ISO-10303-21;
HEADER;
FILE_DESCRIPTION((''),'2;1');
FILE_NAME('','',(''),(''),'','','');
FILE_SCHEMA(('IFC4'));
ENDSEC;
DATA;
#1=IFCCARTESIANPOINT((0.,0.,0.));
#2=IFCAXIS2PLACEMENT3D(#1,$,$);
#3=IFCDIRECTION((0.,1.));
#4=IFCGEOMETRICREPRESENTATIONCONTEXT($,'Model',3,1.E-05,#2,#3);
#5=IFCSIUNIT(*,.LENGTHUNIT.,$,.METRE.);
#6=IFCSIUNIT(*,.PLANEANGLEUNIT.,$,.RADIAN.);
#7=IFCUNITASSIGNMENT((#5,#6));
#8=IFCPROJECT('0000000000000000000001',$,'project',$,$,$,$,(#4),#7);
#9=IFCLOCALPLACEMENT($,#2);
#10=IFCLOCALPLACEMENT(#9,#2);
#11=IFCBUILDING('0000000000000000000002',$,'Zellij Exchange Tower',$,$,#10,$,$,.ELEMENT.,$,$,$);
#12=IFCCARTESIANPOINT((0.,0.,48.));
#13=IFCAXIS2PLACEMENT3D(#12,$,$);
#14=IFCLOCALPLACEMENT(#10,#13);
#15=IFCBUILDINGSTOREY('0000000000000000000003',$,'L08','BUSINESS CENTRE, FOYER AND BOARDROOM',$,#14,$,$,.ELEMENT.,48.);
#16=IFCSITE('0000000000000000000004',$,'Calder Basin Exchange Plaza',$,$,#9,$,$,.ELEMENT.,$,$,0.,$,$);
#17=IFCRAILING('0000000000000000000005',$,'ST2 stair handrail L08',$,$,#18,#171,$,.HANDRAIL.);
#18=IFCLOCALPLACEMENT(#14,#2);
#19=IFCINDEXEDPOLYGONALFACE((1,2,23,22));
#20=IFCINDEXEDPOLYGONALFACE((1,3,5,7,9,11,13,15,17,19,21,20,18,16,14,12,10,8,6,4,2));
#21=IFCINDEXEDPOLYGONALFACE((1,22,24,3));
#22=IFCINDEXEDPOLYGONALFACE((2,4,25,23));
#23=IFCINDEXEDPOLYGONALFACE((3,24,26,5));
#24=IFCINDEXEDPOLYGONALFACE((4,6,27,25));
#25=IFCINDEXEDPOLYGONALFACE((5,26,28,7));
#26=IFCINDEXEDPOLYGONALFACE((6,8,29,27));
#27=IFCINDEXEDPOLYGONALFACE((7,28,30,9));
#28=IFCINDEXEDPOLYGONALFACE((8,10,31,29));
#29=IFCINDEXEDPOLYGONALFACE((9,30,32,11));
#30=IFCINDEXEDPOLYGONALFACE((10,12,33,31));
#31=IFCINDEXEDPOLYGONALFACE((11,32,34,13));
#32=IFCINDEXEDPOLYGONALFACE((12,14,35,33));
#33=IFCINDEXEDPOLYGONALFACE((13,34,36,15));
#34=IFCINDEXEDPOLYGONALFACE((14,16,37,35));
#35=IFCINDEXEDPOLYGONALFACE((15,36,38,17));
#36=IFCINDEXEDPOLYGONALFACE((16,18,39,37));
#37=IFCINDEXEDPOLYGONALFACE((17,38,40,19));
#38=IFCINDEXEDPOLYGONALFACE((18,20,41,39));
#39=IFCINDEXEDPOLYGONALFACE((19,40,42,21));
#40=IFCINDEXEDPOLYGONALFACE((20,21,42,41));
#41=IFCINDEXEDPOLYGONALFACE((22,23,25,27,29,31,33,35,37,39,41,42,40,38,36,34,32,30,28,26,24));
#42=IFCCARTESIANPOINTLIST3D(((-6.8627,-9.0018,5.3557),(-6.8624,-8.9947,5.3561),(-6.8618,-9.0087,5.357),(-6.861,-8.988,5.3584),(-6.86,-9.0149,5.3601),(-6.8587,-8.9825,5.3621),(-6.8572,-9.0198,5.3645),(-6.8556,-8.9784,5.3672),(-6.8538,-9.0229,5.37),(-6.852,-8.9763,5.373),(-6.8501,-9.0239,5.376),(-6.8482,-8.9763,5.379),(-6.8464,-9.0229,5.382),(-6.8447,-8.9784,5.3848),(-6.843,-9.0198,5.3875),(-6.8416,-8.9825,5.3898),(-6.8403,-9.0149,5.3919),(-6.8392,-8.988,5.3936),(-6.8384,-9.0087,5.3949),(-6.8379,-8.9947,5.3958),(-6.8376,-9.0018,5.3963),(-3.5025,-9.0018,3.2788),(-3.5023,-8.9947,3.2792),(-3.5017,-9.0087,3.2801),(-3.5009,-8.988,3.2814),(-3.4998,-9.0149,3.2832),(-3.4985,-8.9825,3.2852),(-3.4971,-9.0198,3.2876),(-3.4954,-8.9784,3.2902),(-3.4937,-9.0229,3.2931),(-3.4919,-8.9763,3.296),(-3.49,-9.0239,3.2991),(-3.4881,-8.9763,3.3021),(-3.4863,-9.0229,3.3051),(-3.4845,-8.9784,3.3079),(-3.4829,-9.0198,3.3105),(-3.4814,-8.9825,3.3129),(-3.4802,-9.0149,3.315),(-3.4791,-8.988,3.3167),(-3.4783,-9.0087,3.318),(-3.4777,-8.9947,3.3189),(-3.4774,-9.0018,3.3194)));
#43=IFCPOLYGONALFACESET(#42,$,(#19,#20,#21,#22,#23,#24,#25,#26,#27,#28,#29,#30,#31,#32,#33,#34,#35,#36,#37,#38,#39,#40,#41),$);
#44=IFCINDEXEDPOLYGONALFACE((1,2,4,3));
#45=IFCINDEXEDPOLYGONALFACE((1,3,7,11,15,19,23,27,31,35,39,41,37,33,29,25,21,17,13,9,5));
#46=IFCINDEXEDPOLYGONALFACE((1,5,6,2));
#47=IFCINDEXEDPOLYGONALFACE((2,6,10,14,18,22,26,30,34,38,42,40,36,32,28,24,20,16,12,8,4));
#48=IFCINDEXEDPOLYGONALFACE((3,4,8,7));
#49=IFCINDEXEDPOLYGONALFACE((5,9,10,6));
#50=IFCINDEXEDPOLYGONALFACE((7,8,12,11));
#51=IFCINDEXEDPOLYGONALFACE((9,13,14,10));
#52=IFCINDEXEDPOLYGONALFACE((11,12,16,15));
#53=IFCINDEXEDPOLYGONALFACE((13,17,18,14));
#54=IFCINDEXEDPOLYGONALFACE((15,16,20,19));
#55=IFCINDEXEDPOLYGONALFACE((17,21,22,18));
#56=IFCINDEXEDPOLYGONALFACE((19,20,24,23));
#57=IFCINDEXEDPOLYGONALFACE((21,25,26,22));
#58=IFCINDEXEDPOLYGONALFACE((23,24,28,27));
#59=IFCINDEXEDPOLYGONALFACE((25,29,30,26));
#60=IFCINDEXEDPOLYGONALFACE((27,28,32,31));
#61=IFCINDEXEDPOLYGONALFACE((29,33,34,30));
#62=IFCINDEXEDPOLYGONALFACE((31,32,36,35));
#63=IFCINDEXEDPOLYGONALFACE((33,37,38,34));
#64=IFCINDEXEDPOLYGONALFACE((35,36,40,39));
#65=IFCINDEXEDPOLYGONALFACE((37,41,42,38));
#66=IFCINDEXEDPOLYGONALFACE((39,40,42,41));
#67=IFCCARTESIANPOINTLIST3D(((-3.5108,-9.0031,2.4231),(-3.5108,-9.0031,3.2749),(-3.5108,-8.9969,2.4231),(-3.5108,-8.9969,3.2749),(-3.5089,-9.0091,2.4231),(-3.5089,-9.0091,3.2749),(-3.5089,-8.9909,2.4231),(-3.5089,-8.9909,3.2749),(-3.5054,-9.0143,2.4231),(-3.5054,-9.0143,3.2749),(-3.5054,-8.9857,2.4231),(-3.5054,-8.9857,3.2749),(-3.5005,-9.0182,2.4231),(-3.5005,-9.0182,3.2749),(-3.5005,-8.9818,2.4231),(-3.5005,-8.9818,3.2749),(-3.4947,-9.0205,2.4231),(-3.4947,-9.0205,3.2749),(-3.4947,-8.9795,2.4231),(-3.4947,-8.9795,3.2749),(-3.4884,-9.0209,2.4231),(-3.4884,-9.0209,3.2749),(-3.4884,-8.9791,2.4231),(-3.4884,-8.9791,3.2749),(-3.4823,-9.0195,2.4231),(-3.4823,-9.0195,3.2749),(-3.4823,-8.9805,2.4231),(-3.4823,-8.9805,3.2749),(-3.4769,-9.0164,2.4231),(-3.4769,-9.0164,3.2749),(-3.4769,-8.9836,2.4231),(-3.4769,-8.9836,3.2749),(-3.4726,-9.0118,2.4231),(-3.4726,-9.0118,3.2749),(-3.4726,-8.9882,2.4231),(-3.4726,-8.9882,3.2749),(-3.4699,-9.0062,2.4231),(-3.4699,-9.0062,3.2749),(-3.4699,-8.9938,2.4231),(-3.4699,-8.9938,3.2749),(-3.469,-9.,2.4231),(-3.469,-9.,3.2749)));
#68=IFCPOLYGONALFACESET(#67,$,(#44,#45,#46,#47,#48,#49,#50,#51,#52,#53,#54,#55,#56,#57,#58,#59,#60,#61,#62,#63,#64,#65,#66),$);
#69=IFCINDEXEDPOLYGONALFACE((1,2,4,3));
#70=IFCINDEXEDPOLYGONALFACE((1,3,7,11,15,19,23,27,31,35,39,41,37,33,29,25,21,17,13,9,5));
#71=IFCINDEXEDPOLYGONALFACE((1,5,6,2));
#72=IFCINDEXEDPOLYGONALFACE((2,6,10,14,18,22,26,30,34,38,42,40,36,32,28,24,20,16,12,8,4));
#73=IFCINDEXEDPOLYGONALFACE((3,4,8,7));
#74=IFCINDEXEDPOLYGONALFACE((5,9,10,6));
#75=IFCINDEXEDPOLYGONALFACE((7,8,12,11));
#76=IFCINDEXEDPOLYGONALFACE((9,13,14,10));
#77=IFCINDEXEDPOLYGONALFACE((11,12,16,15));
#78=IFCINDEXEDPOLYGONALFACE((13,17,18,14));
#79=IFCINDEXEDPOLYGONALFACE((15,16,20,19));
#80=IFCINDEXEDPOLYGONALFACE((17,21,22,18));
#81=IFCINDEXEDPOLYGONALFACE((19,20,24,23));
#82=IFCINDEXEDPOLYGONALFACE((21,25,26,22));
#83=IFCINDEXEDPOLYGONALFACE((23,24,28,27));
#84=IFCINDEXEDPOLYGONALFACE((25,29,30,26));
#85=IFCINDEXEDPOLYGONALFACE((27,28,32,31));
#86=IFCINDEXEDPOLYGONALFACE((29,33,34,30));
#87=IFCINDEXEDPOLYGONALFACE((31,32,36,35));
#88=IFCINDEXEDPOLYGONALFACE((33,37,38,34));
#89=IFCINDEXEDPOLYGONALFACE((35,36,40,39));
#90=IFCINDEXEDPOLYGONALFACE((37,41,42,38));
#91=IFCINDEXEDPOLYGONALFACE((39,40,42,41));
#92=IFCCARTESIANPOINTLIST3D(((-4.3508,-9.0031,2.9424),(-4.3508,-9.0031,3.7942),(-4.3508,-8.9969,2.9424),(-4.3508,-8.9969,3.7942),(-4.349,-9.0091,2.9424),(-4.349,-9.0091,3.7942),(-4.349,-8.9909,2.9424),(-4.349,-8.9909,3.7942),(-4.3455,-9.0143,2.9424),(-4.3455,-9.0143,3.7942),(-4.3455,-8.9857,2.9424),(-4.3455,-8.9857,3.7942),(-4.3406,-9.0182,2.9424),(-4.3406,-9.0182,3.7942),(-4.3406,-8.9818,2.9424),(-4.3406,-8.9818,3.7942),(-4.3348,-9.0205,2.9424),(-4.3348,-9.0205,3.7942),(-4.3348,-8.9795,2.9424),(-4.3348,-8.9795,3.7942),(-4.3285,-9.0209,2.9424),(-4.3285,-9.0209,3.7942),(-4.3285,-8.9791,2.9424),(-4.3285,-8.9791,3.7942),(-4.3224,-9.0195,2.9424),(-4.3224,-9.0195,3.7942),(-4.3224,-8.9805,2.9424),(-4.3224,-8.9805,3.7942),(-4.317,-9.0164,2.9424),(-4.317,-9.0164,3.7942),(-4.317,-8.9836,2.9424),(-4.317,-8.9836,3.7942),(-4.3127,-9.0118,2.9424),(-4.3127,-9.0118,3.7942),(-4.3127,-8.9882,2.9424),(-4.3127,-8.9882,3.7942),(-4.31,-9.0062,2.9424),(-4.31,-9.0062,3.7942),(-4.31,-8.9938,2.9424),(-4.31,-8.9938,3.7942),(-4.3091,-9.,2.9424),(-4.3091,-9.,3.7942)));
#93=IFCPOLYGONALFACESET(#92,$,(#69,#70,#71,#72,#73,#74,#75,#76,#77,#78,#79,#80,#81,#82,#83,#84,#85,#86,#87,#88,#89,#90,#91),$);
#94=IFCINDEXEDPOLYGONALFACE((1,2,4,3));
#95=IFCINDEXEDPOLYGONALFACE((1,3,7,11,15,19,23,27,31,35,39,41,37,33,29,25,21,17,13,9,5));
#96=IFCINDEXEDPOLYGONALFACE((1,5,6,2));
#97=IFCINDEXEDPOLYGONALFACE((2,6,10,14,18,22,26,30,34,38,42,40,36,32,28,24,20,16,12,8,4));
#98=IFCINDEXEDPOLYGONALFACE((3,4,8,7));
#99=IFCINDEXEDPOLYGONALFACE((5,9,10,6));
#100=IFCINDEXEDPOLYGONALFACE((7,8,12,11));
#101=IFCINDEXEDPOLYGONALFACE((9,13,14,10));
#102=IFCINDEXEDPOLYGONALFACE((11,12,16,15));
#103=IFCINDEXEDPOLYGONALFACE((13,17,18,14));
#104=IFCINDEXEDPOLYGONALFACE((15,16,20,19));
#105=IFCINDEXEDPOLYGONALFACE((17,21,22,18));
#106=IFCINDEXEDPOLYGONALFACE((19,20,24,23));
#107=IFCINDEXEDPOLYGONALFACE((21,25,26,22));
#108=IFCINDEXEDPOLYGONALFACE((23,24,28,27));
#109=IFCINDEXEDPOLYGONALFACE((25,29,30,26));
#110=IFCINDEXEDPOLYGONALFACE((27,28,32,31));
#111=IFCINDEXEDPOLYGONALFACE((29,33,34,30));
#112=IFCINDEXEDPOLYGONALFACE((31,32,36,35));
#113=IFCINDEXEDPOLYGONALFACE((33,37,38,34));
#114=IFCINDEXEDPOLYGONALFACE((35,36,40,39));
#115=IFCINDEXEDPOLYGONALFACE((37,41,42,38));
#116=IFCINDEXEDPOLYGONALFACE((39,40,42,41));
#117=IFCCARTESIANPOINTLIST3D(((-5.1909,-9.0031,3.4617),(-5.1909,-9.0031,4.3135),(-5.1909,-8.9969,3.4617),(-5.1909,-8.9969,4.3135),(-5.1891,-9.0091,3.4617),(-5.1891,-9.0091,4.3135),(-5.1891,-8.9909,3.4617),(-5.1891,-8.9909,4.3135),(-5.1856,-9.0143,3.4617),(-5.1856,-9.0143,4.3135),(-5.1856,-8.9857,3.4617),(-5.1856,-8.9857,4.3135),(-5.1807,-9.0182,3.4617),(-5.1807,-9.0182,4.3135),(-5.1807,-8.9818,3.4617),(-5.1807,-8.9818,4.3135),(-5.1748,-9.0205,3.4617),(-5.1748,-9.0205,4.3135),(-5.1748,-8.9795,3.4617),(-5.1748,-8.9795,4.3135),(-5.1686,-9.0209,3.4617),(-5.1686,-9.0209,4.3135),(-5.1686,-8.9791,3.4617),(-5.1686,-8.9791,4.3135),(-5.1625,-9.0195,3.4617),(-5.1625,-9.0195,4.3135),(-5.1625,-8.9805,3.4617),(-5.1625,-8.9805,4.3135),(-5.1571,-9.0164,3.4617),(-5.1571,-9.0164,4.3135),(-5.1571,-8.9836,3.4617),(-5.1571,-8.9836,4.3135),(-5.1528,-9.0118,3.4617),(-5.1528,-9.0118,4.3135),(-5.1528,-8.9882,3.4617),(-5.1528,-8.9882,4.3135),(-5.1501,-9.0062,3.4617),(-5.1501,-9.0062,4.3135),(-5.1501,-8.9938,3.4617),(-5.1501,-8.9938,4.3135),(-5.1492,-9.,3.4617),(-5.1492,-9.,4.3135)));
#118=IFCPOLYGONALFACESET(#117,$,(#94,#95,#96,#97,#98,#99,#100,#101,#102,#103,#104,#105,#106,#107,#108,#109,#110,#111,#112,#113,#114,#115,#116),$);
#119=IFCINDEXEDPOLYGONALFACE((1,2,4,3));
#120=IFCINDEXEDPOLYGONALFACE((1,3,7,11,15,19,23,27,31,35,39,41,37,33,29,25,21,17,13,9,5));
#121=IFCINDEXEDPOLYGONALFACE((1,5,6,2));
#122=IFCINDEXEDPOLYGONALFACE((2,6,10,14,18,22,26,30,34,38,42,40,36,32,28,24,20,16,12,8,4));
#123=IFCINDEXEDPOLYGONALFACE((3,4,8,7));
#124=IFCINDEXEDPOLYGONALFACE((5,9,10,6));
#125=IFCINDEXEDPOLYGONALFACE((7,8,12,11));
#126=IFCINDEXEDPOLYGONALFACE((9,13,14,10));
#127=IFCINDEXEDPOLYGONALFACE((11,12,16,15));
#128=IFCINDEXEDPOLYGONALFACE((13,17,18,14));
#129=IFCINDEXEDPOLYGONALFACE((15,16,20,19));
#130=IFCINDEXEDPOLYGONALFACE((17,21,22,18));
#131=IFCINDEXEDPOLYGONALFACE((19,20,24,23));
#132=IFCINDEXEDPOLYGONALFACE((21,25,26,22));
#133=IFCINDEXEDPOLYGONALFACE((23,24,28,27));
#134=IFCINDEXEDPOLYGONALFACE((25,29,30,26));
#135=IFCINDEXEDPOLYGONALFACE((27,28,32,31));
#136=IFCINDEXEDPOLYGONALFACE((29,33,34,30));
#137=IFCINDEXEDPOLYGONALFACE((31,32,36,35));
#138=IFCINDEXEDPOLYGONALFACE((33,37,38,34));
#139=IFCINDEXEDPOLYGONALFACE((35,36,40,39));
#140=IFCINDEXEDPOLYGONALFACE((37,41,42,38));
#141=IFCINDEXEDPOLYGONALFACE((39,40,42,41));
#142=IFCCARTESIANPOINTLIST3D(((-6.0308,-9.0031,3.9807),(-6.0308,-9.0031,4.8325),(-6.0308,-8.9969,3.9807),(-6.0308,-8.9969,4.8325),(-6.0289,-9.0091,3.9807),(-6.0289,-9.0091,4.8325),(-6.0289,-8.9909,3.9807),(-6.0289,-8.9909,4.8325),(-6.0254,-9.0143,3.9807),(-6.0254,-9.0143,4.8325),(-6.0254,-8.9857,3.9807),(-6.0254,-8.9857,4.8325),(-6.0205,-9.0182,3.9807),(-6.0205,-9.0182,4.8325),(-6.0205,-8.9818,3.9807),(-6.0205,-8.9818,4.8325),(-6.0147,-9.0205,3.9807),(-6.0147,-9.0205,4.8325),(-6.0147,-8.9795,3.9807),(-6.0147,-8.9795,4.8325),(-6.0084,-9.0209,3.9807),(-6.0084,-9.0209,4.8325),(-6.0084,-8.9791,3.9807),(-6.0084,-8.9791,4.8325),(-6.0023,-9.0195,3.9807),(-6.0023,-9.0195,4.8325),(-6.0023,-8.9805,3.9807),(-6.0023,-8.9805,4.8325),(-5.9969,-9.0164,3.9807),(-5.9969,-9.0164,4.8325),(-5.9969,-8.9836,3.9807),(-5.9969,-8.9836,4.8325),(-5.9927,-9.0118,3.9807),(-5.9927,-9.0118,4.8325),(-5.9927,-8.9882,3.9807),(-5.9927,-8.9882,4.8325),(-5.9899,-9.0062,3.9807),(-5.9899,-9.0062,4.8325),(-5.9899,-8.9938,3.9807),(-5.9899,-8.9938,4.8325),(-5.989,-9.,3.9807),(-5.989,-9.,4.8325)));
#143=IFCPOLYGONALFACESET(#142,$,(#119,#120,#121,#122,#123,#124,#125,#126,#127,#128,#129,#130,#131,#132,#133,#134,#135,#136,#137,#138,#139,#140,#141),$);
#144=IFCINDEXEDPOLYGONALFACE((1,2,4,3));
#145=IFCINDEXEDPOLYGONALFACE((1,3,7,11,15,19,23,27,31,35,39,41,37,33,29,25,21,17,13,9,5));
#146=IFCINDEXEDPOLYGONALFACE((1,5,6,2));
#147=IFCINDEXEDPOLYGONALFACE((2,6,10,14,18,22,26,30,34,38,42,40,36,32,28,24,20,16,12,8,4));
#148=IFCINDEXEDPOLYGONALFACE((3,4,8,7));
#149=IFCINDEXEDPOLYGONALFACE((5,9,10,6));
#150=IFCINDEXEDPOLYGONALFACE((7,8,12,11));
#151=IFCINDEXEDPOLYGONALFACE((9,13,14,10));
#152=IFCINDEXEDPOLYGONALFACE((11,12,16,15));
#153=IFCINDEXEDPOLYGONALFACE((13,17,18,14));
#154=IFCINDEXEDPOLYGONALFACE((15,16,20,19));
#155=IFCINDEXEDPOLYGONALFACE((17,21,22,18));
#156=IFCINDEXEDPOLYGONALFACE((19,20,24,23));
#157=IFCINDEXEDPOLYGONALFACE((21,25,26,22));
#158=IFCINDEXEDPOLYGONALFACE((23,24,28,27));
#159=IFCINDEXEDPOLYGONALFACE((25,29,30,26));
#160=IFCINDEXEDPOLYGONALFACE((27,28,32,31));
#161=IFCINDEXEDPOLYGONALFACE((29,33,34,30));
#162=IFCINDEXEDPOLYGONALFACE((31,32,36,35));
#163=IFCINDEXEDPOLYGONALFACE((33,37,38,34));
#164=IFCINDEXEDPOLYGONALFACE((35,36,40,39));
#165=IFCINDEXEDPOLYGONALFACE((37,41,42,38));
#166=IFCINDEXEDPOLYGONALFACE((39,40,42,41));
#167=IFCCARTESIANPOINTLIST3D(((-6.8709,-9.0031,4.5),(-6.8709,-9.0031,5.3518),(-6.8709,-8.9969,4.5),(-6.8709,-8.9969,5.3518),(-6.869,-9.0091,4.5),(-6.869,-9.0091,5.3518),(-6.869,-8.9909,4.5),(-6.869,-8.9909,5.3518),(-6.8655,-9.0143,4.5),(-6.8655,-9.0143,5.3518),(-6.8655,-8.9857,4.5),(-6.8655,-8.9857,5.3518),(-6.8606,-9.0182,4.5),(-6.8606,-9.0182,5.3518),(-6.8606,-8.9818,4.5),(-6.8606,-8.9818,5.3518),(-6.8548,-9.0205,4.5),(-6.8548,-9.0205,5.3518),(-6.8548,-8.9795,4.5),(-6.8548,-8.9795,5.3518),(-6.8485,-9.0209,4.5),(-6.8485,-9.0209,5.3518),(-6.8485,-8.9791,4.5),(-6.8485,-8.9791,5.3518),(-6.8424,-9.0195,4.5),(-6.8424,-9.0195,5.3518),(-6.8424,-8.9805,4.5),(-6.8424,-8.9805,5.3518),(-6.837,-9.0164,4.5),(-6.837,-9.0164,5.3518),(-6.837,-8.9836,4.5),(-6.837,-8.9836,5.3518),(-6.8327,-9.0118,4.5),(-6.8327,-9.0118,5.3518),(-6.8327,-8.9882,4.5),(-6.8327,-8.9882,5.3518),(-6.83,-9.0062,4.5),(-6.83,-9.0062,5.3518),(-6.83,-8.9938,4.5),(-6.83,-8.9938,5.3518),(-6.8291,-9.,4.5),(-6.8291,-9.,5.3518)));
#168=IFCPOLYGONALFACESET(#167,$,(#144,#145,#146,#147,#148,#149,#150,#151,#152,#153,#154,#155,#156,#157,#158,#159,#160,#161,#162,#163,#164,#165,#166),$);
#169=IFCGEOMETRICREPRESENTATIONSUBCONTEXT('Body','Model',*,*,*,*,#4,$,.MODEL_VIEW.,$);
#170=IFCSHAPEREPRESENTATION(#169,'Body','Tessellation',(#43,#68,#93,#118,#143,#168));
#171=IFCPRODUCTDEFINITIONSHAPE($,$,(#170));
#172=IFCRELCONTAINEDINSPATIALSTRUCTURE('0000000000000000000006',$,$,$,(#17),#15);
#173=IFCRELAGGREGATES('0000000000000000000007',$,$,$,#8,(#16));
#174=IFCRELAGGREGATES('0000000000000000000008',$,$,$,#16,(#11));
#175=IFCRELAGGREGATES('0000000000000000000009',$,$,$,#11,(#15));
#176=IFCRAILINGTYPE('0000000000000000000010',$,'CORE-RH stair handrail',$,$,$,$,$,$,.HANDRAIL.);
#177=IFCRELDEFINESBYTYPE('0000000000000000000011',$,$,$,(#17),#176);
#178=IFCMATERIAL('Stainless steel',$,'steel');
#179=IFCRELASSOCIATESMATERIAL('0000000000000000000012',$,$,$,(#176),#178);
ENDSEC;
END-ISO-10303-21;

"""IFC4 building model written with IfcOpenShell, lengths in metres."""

from ifc_helpers import new_model, si_unit, direction, frame, origin, origin_2d, place, context, subcontext, project, spatial, circle, extrude, material, type_object, element, save


model = new_model("IFC4")

# Units and contexts
model_context = context("Model", 3, precision=1e-05, world=origin(), true_north=direction((0.0, 1.0)))
body_context = subcontext(model_context, "Body", "Model", "MODEL_VIEW")
ifc_project = project(units=[si_unit("LENGTHUNIT", "METRE"), si_unit("PLANEANGLEUNIT", "RADIAN")], contexts=[model_context])

# Site, building, storey
site_placement = place(None, origin())
site = spatial("IfcSite", under=ifc_project, at=site_placement, Name="Calder Basin Exchange Plaza", CompositionType="ELEMENT", RefElevation=0.0)
building_placement = place(site_placement, origin())
building = spatial("IfcBuilding", under=site, at=building_placement, Name="Zellij Exchange Tower", CompositionType="ELEMENT")
storey_placement = place(building_placement, frame((0.0, 0.0, 48.0)))
storey = spatial("IfcBuildingStorey", under=building, at=storey_placement, Name="L08", Description="BUSINESS CENTRE, FOYER AND BOARDROOM", CompositionType="ELEMENT", Elevation=48.0)

# Railing
ifc_material_1 = material(Name="Stainless steel", Category="steel")
railing_type = type_object("IfcRailingType", Name="CORE-RH stair handrail", PredefinedType="HANDRAIL", material=ifc_material_1)
railing_placement = place(storey_placement, frame((-3.49, -9.0, 2.4231)))
element("IfcRailing", 1, at=railing_placement, inside=storey, type_object=railing_type, Name="ST2 stair handrail L08", PredefinedType="HANDRAIL", context=body_context, shape_type="SweptSolid", body=[
    extrude(circle(Radius=0.0239, at=origin_2d()), frame((0.0, 0.0, 0.876), z_axis=(-0.850623, 0.0, 0.525776), x_axis=(0.0, -1.0, 0.0)), (0.0, 0.0, 1.0), 3.9502),
    extrude(circle(Radius=0.021, at=origin_2d()), origin(), (0.0, 0.0, 1.0), 0.8518),
    extrude(circle(Radius=0.021, at=origin_2d()), frame((-0.8401, 0.0, 0.5193)), (0.0, 0.0, 1.0), 0.8518),
    extrude(circle(Radius=0.021, at=origin_2d()), frame((-1.6802, 0.0, 1.0386)), (0.0, 0.0, 1.0), 0.8518),
    extrude(circle(Radius=0.021, at=origin_2d()), frame((-2.52, 0.0, 1.5576)), (0.0, 0.0, 1.0), 0.8518),
    extrude(circle(Radius=0.021, at=origin_2d()), frame((-3.3601, 0.0, 2.0769)), (0.0, 0.0, 1.0), 0.8518),
])

save(model, "model.ifc")
